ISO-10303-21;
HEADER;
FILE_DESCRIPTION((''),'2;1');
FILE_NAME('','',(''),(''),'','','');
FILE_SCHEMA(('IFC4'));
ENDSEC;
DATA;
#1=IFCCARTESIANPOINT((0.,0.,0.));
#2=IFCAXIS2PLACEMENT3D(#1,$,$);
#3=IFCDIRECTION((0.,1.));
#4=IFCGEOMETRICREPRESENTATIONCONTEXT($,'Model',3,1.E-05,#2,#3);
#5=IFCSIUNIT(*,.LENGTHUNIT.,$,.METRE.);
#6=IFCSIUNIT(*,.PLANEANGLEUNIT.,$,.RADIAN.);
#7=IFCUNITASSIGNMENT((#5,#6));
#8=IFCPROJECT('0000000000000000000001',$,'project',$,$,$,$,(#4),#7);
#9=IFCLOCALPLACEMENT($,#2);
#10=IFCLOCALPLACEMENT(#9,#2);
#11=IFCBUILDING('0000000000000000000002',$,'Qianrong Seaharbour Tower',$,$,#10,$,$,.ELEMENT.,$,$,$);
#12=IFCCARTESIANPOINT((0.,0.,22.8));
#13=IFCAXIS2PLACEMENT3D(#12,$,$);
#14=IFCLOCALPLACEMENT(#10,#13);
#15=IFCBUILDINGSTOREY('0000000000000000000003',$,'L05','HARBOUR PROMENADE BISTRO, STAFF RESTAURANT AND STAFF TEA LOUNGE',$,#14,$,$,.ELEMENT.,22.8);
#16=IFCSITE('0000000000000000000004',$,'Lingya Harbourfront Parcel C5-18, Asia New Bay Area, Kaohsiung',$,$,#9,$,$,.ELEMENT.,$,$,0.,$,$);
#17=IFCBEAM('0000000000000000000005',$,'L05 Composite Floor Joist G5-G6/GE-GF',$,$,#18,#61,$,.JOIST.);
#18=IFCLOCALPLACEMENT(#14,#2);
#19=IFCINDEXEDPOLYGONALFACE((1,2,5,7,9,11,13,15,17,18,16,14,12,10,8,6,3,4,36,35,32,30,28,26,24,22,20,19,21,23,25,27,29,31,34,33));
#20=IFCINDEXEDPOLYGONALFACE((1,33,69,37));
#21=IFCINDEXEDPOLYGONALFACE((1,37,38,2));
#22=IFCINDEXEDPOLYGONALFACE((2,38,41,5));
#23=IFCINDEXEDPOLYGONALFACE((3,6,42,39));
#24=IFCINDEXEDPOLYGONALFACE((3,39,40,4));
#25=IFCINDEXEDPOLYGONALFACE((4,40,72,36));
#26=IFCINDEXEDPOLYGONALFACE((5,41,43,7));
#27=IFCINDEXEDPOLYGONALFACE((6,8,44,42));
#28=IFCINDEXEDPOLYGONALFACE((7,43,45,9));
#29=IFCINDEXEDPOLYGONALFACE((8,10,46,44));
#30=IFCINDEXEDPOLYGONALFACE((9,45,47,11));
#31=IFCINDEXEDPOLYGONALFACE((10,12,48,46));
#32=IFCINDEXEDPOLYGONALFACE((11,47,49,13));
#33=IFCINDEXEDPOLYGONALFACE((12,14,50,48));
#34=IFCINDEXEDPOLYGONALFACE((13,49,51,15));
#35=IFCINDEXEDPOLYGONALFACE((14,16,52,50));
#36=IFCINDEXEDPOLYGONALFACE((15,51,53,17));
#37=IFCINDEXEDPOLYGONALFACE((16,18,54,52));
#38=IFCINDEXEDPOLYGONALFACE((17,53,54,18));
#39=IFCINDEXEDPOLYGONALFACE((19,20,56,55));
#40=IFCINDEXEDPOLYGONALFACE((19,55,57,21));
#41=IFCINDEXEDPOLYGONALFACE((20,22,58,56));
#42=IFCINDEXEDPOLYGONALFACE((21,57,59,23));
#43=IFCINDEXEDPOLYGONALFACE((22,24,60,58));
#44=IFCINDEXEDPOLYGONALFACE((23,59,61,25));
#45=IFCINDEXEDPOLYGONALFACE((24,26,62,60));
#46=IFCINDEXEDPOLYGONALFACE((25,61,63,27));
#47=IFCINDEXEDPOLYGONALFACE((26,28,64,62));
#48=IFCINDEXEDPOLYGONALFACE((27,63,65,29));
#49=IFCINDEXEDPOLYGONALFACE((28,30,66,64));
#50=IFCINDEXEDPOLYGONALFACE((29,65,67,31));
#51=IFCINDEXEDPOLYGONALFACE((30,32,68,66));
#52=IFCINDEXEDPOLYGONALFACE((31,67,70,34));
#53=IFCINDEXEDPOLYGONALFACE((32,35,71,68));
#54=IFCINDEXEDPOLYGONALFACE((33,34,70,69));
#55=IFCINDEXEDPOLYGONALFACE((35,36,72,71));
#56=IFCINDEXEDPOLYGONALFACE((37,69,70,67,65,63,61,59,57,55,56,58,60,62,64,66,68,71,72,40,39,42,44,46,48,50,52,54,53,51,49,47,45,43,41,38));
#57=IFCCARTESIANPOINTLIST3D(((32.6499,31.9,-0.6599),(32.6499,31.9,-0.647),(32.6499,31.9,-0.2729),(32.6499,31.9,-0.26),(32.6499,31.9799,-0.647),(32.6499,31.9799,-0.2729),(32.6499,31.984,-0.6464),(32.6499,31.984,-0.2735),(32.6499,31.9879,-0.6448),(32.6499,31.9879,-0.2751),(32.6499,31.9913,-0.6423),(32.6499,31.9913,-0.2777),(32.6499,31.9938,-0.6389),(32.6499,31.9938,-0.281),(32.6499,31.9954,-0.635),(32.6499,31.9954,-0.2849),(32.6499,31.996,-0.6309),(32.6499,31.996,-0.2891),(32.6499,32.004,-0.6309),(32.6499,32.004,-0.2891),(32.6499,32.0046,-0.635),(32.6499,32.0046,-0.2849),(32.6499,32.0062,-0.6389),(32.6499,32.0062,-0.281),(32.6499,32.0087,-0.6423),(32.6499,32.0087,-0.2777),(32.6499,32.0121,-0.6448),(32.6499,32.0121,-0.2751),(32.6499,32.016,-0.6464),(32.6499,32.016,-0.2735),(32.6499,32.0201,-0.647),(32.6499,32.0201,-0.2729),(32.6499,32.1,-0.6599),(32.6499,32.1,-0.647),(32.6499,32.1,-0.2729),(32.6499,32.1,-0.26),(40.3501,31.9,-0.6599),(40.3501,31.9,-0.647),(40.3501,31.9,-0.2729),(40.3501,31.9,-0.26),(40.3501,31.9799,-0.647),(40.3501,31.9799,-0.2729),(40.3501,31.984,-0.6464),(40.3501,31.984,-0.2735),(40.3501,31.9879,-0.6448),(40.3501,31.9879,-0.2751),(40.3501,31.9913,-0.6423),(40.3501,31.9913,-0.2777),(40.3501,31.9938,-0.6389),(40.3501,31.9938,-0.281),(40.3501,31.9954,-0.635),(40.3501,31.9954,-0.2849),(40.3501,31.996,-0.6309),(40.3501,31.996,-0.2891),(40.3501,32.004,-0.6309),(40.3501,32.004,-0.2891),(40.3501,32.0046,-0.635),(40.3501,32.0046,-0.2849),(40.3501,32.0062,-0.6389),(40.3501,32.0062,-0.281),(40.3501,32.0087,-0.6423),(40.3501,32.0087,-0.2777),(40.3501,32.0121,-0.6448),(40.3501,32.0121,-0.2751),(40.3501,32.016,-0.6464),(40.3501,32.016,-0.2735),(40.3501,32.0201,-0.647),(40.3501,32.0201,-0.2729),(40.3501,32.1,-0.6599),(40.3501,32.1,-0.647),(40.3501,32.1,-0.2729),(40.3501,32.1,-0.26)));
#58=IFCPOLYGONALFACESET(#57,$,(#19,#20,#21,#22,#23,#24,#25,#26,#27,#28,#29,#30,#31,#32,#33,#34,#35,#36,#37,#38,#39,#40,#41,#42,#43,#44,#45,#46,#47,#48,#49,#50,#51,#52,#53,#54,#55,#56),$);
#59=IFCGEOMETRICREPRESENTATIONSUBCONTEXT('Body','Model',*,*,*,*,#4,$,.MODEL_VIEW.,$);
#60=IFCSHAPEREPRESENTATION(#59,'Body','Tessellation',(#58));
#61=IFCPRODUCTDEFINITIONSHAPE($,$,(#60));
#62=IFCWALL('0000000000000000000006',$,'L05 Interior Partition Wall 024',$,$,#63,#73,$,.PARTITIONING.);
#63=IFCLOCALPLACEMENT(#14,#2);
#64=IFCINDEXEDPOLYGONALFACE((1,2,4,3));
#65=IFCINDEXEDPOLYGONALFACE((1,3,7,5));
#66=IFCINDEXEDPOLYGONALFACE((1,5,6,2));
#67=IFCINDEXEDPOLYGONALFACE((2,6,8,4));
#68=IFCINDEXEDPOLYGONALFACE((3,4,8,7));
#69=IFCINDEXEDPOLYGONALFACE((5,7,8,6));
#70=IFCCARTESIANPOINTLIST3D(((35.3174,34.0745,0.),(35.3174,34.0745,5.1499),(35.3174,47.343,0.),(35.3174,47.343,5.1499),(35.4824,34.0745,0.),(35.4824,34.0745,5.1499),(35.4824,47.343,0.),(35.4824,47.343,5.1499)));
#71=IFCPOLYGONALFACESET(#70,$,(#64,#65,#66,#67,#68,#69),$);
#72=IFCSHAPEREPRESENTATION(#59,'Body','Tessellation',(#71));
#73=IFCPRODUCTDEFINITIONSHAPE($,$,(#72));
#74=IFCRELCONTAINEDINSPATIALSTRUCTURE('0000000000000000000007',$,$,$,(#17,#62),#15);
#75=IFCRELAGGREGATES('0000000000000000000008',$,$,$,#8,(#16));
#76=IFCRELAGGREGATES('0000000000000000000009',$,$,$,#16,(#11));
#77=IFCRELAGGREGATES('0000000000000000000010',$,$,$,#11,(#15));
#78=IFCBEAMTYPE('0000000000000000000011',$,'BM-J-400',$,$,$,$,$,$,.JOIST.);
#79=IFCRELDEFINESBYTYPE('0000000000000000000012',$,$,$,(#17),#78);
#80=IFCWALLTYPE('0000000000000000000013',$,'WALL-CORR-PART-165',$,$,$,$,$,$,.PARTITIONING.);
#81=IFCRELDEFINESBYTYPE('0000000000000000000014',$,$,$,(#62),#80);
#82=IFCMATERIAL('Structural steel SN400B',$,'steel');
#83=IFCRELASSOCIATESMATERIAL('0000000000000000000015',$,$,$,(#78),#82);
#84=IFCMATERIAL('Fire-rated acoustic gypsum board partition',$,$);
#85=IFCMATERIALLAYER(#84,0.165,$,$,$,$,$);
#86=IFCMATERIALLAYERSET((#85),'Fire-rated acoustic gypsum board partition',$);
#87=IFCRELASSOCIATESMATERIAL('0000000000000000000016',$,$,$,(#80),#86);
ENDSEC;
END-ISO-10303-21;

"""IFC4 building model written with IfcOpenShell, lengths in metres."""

from ifc_helpers import new_model, si_unit, direction, frame, frame_2d, origin, origin_2d, place, context, subcontext, project, spatial, rectangle, i_section, extrude, material, layer, layer_set, material_profile, profile_set, type_object, element, save


model = new_model("IFC4")

# Units and contexts
model_context = context("Model", 3, precision=1e-05, world=origin(), true_north=direction((0.0, 1.0)))
body_context = subcontext(model_context, "Body", "Model", "MODEL_VIEW")
ifc_project = project(units=[si_unit("LENGTHUNIT", "METRE"), si_unit("PLANEANGLEUNIT", "RADIAN")], contexts=[model_context])

# Site, building, storey
site_placement = place(None, origin())
site = spatial("IfcSite", under=ifc_project, at=site_placement, Name="Lingya Harbourfront Parcel C5-18, Asia New Bay Area, Kaohsiung", CompositionType="ELEMENT", RefElevation=0.0)
building_placement = place(site_placement, origin())
building = spatial("IfcBuilding", under=site, at=building_placement, Name="Qianrong Seaharbour Tower", CompositionType="ELEMENT")
storey_placement = place(building_placement, frame((0.0, 0.0, 22.8)))
storey = spatial("IfcBuildingStorey", under=building, at=storey_placement, Name="L05", Description="HARBOUR PROMENADE BISTRO, STAFF RESTAURANT AND STAFF TEA LOUNGE", CompositionType="ELEMENT", Elevation=22.8)

# Beam
ifc_material_1 = material(Name="Structural steel SN400B", Category="steel")
ifc_material_profile_1 = material_profile(ifc_material_1, i_section(OverallWidth=0.2, OverallDepth=0.3999, WebThickness=0.0081, FlangeThickness=0.0129, FilletRadius=0.0161, at=origin_2d()), Name="H400x200x8x13")
ifc_profile_set_1 = profile_set([ifc_material_profile_1], Name="Structural steel SN400B")
beam_type_1 = type_object("IfcBeamType", Name="BM-J-400", PredefinedType="JOIST", material=ifc_profile_set_1)
for number, where, z_axis, x_axis, name in (
    (1, (32.6499, 32.0, -0.46), (1.0, 0.0, 0.0), (0.0, 1.0, 0.0), "L05 Composite Floor Joist G5-G6/GE-GF"),
):
    element("IfcBeam", number, at=place(storey_placement, frame(where, z_axis=z_axis, x_axis=x_axis)), inside=storey, type_object=beam_type_1, Name=name, PredefinedType="JOIST", context=body_context, shape_type="SweptSolid", body=[
        extrude(i_section(OverallWidth=0.2, OverallDepth=0.3999, WebThickness=0.0081, FlangeThickness=0.0129, FilletRadius=0.0161, at=origin_2d()), origin(), (0.0, 0.0, 1.0), 7.7002),
    ])

# Wall
ifc_material_2 = material(Name="Fire-rated acoustic gypsum board partition")
ifc_layer = layer(ifc_material_2, 0.165)
ifc_layer_set = layer_set([ifc_layer], Name="Fire-rated acoustic gypsum board partition")
wall_type = type_object("IfcWallType", Name="WALL-CORR-PART-165", PredefinedType="PARTITIONING", material=ifc_layer_set)
wall_placement = place(storey_placement, frame((35.3999, 34.0745, 0.0), z_axis=(0.0, 0.0, 1.0), x_axis=(0.0, 1.0, 0.0)))
element("IfcWall", 2, at=wall_placement, inside=storey, type_object=wall_type, Name="L05 Interior Partition Wall 024", PredefinedType="PARTITIONING", context=body_context, shape_type="SweptSolid", body=[
    extrude(rectangle(XDim=13.2686, YDim=0.165, at=frame_2d((6.6343, 0.0))), origin(), (0.0, 0.0, 1.0), 5.1499),
])

save(model, "model.ifc")
